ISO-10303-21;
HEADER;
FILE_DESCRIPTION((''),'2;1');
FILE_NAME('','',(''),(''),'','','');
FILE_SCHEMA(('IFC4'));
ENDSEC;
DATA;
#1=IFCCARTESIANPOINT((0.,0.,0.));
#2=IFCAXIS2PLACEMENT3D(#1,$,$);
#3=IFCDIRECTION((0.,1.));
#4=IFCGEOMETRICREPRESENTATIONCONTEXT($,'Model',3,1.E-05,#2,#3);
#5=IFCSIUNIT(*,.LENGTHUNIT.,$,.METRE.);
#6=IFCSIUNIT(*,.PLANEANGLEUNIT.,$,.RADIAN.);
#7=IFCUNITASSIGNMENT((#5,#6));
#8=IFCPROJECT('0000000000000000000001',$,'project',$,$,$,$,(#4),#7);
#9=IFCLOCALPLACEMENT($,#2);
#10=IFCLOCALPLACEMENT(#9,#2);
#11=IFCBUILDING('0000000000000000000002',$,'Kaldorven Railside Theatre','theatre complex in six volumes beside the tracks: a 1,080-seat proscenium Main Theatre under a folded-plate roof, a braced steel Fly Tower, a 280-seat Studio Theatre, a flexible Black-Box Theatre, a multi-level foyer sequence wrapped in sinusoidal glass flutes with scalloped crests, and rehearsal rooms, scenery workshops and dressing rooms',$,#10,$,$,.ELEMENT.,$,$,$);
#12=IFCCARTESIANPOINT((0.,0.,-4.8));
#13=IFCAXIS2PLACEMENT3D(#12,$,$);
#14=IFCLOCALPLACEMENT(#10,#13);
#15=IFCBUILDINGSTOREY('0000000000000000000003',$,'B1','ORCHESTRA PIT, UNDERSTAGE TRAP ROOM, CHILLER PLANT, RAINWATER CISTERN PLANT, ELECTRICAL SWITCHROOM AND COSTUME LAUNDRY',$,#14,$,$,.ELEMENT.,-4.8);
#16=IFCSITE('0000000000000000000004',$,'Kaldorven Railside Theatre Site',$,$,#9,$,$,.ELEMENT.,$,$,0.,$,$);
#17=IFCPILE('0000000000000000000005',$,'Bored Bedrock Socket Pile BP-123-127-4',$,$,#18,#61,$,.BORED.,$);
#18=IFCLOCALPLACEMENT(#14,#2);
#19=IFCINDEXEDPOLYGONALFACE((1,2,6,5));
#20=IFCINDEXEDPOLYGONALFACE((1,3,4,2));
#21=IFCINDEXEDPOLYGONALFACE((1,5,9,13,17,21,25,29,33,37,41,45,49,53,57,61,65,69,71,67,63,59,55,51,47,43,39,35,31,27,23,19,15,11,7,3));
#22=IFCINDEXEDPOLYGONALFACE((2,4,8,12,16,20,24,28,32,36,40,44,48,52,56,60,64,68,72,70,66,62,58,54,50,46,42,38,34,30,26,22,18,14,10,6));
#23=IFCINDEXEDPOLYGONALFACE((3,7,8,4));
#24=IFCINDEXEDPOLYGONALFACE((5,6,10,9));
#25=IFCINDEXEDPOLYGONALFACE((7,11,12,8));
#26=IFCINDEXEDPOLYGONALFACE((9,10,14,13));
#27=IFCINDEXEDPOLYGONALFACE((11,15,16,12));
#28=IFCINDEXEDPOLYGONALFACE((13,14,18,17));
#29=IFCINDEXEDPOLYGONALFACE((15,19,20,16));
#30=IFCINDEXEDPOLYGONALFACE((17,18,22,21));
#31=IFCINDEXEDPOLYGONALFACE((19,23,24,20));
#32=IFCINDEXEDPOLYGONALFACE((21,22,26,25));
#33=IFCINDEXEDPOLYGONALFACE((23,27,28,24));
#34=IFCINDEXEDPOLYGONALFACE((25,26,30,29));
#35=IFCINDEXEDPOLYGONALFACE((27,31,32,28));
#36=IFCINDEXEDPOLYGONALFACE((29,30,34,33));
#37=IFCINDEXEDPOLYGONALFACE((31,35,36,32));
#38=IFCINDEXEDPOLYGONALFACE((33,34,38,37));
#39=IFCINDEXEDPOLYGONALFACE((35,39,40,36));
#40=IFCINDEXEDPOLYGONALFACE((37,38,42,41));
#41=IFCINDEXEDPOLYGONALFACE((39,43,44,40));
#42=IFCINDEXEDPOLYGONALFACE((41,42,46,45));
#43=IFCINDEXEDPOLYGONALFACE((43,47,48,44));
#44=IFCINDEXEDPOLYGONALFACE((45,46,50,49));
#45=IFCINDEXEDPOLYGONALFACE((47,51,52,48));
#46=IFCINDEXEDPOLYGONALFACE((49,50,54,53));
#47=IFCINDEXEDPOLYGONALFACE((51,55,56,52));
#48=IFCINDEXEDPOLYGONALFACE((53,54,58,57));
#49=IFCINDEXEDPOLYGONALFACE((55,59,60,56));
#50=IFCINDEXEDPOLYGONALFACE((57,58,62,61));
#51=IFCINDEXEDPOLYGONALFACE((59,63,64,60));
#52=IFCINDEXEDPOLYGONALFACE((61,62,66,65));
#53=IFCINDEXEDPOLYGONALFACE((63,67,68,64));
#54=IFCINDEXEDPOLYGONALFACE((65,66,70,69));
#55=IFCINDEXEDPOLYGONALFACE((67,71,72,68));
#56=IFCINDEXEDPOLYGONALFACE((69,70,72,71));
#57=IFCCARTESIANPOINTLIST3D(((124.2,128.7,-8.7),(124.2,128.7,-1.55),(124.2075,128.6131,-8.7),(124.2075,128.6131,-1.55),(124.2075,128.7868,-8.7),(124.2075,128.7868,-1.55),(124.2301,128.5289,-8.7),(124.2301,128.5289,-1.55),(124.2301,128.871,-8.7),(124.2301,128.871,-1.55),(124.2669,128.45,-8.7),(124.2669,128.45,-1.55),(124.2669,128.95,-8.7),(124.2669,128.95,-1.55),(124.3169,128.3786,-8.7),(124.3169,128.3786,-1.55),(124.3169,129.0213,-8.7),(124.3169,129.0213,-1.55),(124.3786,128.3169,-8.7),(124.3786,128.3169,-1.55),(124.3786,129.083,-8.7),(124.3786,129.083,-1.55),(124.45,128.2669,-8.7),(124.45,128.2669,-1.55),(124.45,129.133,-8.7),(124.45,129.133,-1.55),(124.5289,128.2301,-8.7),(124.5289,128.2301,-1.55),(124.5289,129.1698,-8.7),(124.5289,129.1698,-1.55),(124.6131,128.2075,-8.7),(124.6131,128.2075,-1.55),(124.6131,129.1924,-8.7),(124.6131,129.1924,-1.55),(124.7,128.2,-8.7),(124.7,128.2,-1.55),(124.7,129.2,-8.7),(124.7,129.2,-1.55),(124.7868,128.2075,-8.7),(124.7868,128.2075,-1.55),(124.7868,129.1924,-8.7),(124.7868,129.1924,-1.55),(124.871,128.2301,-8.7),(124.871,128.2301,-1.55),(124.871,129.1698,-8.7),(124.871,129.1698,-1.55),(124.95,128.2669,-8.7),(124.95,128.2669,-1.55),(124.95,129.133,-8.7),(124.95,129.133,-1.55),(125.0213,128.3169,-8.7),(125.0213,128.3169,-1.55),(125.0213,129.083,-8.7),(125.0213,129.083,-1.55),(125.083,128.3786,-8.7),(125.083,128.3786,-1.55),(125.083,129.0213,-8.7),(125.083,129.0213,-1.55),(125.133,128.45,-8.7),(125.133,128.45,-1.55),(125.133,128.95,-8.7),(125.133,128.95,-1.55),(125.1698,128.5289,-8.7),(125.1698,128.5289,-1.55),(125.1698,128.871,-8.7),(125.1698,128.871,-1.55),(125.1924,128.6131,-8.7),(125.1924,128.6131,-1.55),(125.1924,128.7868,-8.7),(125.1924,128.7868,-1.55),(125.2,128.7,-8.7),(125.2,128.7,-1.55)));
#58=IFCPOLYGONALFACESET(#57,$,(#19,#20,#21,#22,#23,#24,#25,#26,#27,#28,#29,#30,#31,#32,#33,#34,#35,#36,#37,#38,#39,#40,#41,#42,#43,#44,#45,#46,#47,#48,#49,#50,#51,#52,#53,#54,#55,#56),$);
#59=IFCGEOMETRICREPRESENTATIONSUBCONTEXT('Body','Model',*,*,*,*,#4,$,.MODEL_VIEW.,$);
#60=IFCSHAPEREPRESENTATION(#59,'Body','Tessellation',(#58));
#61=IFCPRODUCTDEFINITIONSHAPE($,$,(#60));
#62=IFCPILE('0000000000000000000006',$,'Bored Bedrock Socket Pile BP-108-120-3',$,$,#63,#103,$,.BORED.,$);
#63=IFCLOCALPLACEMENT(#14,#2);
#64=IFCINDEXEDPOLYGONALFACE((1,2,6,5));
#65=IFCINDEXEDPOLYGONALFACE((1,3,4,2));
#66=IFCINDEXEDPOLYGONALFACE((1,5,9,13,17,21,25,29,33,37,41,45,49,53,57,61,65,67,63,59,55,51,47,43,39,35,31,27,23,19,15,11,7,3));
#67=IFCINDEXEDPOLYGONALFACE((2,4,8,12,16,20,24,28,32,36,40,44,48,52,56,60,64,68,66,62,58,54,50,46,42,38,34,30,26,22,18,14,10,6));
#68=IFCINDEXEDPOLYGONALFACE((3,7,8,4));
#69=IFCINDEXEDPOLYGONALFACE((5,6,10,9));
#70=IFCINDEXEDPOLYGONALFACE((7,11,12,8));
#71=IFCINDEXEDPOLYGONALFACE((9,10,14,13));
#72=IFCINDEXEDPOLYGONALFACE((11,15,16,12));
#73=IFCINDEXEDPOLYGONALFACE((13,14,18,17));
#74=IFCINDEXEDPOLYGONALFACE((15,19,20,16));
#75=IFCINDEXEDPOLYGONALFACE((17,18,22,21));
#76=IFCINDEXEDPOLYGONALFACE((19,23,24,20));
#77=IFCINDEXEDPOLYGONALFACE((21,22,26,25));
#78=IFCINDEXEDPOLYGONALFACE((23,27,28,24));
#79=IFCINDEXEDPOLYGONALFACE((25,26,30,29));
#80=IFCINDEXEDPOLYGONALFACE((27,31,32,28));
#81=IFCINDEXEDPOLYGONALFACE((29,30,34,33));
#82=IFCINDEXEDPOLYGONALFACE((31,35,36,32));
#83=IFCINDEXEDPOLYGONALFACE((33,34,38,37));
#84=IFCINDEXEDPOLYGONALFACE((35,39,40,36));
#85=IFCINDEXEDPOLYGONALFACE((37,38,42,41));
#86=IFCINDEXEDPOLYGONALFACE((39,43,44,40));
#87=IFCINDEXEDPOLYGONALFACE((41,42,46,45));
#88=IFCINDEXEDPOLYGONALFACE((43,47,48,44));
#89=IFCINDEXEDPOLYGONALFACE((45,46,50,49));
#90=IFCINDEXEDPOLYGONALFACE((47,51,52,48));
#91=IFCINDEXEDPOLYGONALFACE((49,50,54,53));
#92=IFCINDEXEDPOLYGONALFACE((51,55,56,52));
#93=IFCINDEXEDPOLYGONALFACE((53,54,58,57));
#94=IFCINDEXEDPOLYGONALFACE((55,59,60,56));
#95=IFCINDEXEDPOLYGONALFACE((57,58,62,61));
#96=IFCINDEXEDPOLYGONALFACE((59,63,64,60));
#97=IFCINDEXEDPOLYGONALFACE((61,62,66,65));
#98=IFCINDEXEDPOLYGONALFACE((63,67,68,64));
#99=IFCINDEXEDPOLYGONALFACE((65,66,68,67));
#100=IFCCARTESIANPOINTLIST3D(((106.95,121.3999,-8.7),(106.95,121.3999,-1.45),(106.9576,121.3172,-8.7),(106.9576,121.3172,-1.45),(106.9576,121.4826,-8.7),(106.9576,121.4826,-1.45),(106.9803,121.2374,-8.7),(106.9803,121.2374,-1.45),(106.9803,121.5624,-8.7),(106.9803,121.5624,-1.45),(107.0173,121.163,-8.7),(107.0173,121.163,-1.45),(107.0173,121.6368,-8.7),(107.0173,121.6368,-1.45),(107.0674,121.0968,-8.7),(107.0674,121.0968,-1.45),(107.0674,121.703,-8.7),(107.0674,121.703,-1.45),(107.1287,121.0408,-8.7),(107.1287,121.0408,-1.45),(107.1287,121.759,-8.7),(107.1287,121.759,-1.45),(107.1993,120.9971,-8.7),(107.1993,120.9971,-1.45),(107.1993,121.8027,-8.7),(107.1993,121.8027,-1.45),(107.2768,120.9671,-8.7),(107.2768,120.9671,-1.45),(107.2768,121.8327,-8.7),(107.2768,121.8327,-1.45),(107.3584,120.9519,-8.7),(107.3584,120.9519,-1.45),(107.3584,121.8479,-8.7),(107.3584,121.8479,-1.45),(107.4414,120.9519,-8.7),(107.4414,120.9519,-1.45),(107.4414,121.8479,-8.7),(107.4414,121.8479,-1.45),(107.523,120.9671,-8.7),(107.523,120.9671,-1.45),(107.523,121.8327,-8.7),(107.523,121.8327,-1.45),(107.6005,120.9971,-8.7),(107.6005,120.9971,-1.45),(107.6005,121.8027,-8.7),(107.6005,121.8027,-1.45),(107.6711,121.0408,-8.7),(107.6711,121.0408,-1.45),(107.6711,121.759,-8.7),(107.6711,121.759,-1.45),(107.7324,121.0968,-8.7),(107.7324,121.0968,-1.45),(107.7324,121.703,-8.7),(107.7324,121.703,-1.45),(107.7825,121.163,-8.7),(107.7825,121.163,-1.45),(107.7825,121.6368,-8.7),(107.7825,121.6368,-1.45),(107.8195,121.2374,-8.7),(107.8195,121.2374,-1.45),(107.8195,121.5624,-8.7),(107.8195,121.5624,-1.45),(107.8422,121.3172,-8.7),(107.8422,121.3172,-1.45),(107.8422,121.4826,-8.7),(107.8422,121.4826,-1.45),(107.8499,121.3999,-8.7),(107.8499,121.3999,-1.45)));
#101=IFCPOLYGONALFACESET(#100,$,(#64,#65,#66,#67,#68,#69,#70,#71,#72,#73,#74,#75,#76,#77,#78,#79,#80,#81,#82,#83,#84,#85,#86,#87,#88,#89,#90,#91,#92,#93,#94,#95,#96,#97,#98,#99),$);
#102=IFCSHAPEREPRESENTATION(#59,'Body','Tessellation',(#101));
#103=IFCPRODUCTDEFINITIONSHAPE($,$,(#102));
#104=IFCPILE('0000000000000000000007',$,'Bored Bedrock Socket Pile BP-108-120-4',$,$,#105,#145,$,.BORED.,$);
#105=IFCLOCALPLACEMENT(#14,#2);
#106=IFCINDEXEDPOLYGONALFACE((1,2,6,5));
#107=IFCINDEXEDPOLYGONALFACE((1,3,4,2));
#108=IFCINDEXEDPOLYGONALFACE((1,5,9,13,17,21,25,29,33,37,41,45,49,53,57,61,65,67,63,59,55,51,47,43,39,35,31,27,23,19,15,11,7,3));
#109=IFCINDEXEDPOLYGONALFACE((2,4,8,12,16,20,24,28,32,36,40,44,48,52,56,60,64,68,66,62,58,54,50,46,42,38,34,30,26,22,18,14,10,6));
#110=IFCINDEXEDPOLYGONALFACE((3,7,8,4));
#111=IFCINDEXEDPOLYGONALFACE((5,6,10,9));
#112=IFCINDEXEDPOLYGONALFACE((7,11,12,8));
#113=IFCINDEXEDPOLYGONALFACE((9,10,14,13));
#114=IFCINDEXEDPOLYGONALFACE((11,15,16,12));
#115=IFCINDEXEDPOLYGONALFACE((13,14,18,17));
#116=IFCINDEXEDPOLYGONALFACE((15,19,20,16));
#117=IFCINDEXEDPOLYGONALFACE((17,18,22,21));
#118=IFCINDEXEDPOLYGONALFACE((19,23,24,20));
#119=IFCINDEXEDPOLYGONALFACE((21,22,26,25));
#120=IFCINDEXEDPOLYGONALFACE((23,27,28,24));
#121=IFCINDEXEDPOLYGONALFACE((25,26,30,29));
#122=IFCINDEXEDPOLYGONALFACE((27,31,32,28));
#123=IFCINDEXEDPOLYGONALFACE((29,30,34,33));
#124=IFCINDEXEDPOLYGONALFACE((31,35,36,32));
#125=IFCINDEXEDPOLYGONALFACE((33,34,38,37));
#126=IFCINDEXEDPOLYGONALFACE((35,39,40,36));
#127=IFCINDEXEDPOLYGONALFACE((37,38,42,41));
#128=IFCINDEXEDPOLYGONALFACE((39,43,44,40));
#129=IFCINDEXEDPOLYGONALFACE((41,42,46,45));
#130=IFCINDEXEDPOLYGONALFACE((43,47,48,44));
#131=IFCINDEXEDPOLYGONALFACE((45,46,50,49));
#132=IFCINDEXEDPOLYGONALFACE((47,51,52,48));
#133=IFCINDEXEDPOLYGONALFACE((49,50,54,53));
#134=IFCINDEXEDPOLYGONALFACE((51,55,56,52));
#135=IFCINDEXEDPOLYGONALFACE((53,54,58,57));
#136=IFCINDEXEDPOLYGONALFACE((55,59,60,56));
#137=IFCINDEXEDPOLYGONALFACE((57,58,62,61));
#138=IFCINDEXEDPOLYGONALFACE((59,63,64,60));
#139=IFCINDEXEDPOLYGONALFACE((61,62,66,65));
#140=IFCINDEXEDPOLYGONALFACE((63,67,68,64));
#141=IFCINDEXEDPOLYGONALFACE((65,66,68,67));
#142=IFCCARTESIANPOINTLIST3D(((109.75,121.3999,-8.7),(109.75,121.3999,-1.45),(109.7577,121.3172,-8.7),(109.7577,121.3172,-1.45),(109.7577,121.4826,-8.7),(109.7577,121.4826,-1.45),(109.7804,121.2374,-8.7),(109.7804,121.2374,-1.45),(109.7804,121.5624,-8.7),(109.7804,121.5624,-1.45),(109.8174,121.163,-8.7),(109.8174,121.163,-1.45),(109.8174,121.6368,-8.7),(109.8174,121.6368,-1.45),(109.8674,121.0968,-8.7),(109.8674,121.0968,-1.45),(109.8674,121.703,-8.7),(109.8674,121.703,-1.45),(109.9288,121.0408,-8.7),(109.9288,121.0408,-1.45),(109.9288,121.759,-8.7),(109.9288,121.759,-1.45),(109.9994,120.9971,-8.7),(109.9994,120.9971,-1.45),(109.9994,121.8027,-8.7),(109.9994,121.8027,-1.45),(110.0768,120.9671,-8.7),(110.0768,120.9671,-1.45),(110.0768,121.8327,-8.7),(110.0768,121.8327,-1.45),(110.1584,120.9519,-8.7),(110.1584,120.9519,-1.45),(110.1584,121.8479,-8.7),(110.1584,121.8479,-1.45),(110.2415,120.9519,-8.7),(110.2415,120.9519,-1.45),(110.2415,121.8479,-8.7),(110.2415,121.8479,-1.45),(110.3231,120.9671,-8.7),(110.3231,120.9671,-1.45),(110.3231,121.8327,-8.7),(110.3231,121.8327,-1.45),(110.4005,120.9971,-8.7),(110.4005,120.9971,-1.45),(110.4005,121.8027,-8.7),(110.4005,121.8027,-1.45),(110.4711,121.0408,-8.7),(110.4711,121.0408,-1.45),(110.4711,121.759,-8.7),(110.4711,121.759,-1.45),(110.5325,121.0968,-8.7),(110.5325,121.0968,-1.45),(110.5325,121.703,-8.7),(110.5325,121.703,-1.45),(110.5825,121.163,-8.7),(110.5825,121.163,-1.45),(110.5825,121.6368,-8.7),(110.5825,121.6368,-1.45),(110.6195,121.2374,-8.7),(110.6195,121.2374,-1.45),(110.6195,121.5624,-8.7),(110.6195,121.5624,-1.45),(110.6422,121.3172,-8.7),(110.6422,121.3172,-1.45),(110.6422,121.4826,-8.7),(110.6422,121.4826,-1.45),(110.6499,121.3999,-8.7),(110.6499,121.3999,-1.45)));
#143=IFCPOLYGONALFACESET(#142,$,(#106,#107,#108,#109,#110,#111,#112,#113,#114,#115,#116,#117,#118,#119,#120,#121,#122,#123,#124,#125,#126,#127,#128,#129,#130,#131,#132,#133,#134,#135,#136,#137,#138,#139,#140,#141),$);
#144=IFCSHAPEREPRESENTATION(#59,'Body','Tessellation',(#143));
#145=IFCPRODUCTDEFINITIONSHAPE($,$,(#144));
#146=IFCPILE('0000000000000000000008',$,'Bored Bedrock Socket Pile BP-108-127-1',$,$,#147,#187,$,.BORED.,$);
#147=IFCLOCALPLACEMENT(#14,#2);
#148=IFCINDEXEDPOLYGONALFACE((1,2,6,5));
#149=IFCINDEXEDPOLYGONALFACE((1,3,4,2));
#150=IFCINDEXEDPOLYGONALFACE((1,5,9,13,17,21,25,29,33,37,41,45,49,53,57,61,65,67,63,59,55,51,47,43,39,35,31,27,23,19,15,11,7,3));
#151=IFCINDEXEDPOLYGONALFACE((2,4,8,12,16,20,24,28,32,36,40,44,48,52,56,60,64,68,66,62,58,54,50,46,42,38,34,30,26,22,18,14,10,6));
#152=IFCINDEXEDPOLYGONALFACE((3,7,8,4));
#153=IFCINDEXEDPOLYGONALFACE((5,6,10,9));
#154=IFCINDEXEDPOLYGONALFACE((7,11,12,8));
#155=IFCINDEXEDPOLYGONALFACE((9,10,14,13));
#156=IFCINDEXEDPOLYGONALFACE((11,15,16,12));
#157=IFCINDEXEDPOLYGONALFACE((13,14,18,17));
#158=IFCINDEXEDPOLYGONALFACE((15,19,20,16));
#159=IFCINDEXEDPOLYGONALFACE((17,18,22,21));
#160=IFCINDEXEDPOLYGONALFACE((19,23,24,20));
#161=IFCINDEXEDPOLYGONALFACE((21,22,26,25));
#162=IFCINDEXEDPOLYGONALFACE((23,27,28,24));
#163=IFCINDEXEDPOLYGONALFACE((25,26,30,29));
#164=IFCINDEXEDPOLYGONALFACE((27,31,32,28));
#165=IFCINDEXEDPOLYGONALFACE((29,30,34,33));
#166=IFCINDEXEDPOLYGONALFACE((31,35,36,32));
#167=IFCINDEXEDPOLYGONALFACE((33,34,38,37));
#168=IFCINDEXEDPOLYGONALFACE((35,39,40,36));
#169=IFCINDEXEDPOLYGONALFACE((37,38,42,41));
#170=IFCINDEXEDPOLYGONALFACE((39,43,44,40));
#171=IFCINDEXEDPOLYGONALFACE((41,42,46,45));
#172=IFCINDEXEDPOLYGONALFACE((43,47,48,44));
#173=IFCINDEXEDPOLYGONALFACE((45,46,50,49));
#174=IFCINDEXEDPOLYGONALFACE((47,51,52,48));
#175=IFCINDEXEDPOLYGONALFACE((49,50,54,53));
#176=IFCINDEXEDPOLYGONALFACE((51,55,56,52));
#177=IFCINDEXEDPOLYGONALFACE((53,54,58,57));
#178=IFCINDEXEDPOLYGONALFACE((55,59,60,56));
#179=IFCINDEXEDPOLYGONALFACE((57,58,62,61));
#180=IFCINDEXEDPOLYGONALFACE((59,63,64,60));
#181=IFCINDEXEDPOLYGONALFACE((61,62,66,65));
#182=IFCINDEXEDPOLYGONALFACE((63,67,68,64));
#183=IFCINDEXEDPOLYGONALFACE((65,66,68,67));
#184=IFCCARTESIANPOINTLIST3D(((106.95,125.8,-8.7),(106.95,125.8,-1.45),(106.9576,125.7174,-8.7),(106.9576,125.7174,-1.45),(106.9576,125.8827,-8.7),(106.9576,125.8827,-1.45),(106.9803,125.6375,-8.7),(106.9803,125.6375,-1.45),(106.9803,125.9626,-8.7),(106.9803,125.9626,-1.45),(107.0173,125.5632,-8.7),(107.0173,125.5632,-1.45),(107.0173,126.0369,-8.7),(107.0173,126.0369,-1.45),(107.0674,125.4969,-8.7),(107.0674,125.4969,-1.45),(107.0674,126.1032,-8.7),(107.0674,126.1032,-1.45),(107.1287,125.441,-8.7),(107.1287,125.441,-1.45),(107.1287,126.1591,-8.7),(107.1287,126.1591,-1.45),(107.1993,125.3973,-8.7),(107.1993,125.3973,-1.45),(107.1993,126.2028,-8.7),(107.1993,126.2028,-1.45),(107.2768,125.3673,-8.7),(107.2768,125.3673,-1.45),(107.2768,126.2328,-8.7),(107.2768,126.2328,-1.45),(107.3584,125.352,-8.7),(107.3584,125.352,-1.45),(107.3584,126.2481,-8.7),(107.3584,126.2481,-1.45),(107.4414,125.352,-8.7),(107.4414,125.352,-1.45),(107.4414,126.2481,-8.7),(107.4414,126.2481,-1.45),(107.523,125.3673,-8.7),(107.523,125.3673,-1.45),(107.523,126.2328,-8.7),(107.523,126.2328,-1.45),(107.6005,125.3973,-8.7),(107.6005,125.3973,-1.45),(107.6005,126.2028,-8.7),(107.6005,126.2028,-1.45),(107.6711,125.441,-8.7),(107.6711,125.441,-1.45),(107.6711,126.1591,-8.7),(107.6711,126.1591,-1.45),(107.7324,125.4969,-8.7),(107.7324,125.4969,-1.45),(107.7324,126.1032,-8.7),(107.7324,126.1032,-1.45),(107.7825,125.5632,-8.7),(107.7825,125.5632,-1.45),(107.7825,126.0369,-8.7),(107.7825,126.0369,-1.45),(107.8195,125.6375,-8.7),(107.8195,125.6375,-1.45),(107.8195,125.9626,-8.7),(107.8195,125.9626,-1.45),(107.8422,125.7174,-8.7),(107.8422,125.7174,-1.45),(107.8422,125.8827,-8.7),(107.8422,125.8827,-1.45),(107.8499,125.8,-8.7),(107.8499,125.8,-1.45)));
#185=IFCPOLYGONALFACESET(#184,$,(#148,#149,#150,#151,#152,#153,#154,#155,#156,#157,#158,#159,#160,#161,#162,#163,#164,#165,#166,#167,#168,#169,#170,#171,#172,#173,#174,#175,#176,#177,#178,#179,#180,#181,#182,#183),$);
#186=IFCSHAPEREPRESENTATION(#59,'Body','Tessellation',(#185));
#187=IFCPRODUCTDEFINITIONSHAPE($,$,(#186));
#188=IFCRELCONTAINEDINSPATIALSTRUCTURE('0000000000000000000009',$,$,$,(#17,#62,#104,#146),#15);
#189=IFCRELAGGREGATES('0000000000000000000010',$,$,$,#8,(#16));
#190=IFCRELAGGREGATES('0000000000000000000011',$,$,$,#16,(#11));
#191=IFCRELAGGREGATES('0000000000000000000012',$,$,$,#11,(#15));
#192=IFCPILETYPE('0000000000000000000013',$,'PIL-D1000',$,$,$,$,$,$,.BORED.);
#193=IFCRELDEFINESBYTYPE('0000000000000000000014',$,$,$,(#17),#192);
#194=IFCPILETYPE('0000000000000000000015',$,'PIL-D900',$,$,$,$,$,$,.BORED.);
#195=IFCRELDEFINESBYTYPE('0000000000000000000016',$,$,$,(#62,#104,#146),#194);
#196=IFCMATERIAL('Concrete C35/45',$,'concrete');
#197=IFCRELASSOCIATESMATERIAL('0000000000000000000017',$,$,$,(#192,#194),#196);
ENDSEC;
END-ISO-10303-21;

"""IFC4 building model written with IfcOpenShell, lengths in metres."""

from ifc_helpers import new_model, si_unit, direction, frame, origin, origin_2d, place, context, subcontext, project, spatial, circle, extrude, material, material_profile, profile_set, type_object, element, save


model = new_model("IFC4")

# Units and contexts
model_context = context("Model", 3, precision=1e-05, world=origin(), true_north=direction((0.0, 1.0)))
body_context = subcontext(model_context, "Body", "Model", "MODEL_VIEW")
ifc_project = project(units=[si_unit("LENGTHUNIT", "METRE"), si_unit("PLANEANGLEUNIT", "RADIAN")], contexts=[model_context])

# Site, building, storey
site_placement = place(None, origin())
site = spatial("IfcSite", under=ifc_project, at=site_placement, Name="Kaldorven Railside Theatre Site", CompositionType="ELEMENT", RefElevation=0.0)
building_placement = place(site_placement, origin())
building = spatial("IfcBuilding", under=site, at=building_placement, Name="Kaldorven Railside Theatre", Description="theatre complex in six volumes beside the tracks: a 1,080-seat proscenium Main Theatre under a folded-plate roof, a braced steel Fly Tower, a 280-seat Studio Theatre, a flexible Black-Box Theatre, a multi-level foyer sequence wrapped in sinusoidal glass flutes with scalloped crests, and rehearsal rooms, scenery workshops and dressing rooms", CompositionType="ELEMENT")
storey_placement = place(building_placement, frame((0.0, 0.0, -4.8)))
storey = spatial("IfcBuildingStorey", under=building, at=storey_placement, Name="B1", Description="ORCHESTRA PIT, UNDERSTAGE TRAP ROOM, CHILLER PLANT, RAINWATER CISTERN PLANT, ELECTRICAL SWITCHROOM AND COSTUME LAUNDRY", CompositionType="ELEMENT", Elevation=-4.8)

# Piles
ifc_material_1 = material(Name="Concrete C35/45", Category="concrete")
ifc_material_profile_1 = material_profile(ifc_material_1, circle(Radius=0.5, at=origin_2d()), Name="BP D1000")
ifc_profile_set_1 = profile_set([ifc_material_profile_1], Name="Concrete C35/45")
pile_type_1 = type_object("IfcPileType", Name="PIL-D1000", PredefinedType="BORED", material=ifc_profile_set_1)
for number, where, z_axis, x_axis, name in (
    (1, (124.7, 128.7, -1.55), (0.0, 0.0, -1.0), (1.0, 0.0, 0.0), "Bored Bedrock Socket Pile BP-123-127-4"),
):
    element("IfcPile", number, at=place(storey_placement, frame(where, z_axis=z_axis, x_axis=x_axis)), inside=storey, type_object=pile_type_1, Name=name, PredefinedType="BORED", context=body_context, shape_type="SweptSolid", body=[
        extrude(circle(Radius=0.5, at=origin_2d()), origin(), (0.0, 0.0, 1.0), 7.1499),
    ])
ifc_material_profile_2 = material_profile(ifc_material_1, circle(Radius=0.45, at=origin_2d()), Name="BP D900")
ifc_profile_set_2 = profile_set([ifc_material_profile_2], Name="Concrete C35/45")
pile_type_2 = type_object("IfcPileType", Name="PIL-D900", PredefinedType="BORED", material=ifc_profile_set_2)
for number, where, z_axis, x_axis, name in (
    (2, (107.3999, 121.3999, -1.45), (0.0, 0.0, -1.0), (1.0, 0.0, 0.0), "Bored Bedrock Socket Pile BP-108-120-3"),
    (3, (110.2, 121.3999, -1.45), (0.0, 0.0, -1.0), (1.0, 0.0, 0.0), "Bored Bedrock Socket Pile BP-108-120-4"),
    (4, (107.3999, 125.8, -1.45), (0.0, 0.0, -1.0), (1.0, 0.0, 0.0), "Bored Bedrock Socket Pile BP-108-127-1"),
):
    element("IfcPile", number, at=place(storey_placement, frame(where, z_axis=z_axis, x_axis=x_axis)), inside=storey, type_object=pile_type_2, Name=name, PredefinedType="BORED", context=body_context, shape_type="SweptSolid", body=[
        extrude(circle(Radius=0.45, at=origin_2d()), origin(), (0.0, 0.0, 1.0), 7.25),
    ])

save(model, "model.ifc")
